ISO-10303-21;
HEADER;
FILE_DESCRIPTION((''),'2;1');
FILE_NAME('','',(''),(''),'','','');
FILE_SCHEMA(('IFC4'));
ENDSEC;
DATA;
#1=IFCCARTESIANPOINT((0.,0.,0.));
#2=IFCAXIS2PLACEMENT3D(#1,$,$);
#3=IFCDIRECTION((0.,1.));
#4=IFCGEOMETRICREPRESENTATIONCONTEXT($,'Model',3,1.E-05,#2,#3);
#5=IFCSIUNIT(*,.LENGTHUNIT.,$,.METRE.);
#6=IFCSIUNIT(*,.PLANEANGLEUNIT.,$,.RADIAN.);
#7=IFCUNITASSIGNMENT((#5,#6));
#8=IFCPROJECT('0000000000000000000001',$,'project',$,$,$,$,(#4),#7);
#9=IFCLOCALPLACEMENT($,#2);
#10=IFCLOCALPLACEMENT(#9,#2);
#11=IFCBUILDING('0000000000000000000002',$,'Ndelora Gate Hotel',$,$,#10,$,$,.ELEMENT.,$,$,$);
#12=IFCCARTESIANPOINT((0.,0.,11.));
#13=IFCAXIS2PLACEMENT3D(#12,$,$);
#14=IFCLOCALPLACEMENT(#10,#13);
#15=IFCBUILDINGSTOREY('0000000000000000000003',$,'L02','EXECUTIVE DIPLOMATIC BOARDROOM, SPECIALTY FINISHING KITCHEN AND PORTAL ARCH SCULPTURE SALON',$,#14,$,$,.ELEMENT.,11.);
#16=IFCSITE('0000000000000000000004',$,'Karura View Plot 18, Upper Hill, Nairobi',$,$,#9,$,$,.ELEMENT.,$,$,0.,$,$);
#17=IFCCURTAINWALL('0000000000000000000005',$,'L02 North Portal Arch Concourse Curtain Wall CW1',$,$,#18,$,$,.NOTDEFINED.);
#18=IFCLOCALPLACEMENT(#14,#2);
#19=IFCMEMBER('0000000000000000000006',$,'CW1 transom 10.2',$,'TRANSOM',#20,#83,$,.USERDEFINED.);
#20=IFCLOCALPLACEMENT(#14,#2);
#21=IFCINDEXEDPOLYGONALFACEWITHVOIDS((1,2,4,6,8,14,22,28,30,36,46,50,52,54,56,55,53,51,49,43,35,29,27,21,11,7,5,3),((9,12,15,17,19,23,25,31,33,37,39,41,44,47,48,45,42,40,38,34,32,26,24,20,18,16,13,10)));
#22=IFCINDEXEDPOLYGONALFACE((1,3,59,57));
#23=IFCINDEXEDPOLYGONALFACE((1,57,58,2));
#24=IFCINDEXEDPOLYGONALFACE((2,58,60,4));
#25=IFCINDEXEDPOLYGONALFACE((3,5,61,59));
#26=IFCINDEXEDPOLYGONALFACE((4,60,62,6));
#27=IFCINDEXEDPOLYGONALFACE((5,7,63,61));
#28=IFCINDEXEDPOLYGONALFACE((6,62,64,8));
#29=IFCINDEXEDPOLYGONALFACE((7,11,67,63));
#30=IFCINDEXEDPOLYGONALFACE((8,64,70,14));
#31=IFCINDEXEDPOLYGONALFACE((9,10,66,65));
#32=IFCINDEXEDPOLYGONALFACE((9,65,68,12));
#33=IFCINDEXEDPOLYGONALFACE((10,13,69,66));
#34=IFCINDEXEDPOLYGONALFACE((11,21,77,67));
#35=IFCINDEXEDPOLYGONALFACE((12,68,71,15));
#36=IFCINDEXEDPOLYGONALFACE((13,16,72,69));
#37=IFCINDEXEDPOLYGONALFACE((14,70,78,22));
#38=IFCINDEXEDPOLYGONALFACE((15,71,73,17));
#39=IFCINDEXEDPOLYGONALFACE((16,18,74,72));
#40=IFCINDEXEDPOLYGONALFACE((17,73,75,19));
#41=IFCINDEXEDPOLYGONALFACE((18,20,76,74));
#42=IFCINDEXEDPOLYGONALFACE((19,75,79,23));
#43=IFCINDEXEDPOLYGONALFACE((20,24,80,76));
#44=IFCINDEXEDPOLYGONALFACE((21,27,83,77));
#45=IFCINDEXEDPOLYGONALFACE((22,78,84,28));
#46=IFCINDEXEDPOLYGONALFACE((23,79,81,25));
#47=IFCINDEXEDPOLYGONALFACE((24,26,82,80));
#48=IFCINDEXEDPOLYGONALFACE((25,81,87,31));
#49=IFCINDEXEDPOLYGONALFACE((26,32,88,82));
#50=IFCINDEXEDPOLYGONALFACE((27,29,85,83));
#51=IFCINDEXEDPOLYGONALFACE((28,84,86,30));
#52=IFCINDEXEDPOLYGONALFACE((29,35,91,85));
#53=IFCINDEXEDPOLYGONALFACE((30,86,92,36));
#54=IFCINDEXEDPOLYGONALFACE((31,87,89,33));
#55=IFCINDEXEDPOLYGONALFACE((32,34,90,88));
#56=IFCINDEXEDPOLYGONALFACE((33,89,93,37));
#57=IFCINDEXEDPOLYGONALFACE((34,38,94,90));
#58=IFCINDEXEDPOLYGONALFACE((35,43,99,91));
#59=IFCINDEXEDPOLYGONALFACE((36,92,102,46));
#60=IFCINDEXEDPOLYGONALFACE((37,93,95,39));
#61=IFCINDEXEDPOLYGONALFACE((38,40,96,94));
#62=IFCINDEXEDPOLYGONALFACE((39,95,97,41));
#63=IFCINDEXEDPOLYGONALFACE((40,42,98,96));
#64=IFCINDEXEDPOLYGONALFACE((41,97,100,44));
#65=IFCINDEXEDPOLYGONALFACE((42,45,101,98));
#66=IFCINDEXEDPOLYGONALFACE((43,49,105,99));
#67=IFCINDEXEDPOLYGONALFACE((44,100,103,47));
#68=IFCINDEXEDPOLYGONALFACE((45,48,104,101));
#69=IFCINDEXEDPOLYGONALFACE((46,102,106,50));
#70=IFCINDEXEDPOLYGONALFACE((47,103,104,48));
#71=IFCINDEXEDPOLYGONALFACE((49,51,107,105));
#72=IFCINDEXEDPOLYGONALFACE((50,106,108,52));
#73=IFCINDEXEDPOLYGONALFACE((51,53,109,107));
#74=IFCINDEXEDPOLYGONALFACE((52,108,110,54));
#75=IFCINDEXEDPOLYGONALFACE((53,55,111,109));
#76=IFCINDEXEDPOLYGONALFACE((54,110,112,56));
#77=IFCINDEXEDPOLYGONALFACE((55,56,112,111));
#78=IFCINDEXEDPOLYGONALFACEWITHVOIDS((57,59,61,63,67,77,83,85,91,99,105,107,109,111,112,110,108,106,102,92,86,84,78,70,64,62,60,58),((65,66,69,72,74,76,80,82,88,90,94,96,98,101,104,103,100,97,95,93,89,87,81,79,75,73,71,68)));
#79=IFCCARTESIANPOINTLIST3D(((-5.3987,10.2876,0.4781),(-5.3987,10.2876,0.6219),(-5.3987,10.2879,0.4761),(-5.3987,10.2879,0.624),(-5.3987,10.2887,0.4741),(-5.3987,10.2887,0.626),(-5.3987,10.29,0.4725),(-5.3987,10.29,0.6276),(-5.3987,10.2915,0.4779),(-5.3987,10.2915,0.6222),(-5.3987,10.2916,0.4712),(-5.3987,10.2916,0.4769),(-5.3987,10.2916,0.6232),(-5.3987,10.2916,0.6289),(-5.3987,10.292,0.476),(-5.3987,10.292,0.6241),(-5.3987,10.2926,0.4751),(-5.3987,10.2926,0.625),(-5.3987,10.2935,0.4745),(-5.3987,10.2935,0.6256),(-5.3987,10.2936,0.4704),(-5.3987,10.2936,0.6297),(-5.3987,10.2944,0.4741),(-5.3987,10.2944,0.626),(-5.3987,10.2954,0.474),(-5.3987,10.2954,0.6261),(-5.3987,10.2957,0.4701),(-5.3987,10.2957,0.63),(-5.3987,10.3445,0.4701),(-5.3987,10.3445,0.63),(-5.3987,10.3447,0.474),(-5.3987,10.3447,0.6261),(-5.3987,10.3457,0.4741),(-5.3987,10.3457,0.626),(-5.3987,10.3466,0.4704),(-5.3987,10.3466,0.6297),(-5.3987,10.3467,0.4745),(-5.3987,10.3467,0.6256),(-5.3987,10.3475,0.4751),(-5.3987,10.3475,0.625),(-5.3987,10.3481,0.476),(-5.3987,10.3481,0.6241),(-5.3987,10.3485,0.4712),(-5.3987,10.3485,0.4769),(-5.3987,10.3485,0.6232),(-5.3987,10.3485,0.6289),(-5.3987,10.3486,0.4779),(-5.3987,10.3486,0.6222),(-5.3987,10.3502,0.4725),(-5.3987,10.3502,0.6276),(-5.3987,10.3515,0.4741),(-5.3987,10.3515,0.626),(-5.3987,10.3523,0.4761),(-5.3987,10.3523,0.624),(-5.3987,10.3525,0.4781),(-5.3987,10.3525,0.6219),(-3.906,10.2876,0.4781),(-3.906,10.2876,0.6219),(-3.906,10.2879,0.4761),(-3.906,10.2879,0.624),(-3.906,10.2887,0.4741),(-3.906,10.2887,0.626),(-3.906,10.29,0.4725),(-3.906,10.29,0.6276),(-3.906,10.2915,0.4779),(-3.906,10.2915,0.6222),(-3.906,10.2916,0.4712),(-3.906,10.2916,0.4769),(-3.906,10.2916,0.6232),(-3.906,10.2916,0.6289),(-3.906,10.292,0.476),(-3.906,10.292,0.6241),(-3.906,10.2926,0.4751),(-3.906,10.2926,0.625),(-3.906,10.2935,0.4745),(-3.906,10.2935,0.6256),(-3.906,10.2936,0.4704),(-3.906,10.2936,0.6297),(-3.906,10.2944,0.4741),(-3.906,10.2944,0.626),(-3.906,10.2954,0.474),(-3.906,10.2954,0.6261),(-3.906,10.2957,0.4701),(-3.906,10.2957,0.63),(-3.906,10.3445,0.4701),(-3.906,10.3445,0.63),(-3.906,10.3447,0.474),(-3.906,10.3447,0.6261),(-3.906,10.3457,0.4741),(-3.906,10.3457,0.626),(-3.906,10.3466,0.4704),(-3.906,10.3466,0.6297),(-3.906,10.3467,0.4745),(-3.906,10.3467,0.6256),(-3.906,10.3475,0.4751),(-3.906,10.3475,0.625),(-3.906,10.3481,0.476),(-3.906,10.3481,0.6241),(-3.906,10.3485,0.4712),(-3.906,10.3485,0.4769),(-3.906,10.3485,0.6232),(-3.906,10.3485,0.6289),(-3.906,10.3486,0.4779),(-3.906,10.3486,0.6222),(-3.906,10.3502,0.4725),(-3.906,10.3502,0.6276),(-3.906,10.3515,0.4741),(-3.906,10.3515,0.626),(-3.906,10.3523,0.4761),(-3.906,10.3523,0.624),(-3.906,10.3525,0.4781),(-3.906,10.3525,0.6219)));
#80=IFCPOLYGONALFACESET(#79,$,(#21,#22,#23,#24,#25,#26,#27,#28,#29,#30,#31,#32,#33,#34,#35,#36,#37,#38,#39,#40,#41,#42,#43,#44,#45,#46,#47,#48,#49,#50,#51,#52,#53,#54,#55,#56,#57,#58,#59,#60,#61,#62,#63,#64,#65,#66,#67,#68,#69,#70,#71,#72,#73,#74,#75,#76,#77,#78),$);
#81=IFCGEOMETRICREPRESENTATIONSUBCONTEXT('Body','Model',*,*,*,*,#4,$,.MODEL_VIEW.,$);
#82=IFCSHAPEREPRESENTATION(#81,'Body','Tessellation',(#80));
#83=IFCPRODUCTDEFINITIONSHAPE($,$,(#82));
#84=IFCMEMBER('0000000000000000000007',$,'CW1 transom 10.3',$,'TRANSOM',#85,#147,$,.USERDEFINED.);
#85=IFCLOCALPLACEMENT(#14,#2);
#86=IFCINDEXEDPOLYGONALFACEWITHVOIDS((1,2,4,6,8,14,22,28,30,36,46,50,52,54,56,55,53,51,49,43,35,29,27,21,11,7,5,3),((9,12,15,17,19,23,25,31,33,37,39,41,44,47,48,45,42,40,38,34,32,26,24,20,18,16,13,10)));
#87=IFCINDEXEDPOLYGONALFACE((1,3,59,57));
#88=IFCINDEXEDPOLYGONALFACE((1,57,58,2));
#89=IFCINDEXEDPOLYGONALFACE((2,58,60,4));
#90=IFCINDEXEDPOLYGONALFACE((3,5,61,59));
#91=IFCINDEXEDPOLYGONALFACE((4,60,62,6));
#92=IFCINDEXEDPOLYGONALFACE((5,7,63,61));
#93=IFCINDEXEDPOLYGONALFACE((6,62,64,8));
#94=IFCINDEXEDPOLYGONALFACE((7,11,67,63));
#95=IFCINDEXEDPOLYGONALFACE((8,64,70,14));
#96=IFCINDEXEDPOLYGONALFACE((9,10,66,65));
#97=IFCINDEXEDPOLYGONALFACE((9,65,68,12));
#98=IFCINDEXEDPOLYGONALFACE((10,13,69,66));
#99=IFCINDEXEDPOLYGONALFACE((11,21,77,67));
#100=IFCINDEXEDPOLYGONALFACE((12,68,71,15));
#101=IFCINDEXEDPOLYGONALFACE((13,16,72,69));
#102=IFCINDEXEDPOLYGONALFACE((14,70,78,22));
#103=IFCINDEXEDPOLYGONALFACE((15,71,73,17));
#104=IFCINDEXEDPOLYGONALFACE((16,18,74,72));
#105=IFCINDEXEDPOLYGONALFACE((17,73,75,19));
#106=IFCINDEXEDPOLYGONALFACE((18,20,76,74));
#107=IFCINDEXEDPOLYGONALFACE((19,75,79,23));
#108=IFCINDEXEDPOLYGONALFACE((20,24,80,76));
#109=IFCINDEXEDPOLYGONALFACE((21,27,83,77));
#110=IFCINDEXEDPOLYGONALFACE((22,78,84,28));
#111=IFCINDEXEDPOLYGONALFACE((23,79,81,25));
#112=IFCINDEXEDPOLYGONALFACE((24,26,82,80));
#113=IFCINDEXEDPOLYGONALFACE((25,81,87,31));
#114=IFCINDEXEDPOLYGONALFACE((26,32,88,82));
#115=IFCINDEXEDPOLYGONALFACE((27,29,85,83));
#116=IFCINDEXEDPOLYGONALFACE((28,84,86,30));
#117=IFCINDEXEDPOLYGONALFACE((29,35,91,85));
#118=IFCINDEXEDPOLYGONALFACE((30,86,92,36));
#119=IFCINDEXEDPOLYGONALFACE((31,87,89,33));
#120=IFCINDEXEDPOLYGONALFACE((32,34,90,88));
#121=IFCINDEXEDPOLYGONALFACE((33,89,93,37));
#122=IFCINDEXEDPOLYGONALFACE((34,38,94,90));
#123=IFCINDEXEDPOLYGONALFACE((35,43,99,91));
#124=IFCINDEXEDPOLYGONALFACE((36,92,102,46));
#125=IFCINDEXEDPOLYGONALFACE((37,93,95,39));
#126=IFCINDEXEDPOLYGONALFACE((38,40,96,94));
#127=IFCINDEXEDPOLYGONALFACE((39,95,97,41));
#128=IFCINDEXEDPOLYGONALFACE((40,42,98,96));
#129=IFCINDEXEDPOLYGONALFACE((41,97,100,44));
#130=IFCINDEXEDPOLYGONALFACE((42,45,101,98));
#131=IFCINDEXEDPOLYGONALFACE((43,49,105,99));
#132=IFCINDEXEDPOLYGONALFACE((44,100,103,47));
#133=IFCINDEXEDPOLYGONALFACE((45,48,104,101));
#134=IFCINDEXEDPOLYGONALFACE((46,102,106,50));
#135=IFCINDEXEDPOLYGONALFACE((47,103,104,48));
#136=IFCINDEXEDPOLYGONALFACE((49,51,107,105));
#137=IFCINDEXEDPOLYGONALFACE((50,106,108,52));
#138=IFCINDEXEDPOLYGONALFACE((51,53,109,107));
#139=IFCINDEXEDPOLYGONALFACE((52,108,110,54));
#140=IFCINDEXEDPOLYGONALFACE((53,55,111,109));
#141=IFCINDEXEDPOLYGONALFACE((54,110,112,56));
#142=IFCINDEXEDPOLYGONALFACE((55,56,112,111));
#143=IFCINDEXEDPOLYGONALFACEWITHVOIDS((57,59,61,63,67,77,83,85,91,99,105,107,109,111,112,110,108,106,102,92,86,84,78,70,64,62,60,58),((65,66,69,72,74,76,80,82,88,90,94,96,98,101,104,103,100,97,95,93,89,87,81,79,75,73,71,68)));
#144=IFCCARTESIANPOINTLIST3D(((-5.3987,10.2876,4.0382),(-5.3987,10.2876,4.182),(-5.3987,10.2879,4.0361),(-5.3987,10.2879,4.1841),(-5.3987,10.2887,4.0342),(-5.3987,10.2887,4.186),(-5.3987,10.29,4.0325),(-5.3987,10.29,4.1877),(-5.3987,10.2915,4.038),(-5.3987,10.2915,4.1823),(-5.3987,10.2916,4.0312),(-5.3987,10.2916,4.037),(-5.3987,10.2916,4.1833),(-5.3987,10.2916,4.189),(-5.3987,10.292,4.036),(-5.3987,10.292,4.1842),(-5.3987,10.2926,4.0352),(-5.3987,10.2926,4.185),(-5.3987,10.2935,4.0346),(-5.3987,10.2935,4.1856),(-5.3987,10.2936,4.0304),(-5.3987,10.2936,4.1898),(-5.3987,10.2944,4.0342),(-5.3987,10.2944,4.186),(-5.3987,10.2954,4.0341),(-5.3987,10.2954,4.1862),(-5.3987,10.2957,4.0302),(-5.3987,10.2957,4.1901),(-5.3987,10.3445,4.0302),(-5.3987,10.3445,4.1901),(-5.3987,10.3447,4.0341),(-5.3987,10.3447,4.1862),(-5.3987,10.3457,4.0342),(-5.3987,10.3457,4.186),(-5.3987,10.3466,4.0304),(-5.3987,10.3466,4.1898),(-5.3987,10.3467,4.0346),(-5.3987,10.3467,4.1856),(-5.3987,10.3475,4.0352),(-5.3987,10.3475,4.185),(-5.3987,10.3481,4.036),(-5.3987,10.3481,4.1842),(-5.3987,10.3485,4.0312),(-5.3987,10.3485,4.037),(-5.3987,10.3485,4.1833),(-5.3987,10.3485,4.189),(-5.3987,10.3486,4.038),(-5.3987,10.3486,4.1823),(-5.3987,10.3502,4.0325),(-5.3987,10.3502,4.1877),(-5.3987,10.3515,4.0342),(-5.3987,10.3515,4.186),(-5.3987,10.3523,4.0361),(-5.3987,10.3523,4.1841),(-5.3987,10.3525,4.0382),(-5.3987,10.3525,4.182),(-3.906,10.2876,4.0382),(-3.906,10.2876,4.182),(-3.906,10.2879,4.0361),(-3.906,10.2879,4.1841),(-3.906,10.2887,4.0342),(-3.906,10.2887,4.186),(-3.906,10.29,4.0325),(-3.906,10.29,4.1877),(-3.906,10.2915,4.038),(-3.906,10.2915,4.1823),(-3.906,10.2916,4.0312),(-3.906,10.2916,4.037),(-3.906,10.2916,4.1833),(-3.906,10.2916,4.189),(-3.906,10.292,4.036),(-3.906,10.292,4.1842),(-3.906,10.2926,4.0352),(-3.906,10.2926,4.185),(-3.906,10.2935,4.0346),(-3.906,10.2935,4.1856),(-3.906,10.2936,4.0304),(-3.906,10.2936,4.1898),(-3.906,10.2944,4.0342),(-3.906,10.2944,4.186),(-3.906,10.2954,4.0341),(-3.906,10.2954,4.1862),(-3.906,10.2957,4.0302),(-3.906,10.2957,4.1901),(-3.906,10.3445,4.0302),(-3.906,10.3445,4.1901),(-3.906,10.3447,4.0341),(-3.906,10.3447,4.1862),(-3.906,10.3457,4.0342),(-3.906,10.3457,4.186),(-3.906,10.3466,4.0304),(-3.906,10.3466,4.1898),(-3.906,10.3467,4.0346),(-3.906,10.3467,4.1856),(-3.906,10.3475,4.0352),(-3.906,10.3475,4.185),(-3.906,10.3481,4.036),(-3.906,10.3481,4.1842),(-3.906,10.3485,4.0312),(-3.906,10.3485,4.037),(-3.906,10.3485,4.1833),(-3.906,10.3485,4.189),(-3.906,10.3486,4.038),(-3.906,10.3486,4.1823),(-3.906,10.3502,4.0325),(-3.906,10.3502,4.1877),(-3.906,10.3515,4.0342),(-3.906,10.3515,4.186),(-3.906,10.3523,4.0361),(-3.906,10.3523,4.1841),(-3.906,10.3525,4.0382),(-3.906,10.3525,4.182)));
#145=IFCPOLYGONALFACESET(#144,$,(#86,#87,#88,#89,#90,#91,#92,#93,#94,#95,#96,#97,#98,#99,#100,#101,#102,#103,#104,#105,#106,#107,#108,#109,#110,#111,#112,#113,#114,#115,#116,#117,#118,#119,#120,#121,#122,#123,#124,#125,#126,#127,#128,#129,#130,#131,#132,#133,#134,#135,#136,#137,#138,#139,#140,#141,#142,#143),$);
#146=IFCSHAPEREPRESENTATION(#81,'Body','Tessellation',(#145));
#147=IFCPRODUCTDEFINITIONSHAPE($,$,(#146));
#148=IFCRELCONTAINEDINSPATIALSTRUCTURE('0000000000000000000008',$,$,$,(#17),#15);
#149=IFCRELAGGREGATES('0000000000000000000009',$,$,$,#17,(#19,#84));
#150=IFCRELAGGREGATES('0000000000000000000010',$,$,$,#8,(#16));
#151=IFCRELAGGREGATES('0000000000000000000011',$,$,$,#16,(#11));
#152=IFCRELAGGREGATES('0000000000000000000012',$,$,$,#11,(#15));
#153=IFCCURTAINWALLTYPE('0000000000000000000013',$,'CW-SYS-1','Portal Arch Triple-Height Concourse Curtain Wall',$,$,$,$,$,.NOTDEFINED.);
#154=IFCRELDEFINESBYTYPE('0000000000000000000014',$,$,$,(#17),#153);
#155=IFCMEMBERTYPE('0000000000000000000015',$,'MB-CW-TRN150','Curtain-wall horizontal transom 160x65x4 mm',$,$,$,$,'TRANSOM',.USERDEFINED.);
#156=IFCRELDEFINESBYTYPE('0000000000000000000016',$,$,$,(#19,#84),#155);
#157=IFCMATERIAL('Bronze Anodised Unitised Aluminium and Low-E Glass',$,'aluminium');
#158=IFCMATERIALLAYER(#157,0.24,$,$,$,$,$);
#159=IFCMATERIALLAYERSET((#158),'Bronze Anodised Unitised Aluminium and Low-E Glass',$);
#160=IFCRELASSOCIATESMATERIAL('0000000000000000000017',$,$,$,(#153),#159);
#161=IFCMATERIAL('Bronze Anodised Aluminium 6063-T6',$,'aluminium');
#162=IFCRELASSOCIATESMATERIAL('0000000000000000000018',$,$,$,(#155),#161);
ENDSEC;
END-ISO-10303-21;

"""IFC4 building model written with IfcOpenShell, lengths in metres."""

from ifc_helpers import new_model, si_unit, direction, frame, origin, origin_2d, place, context, subcontext, project, spatial, hollow_rectangle, extrude, material, layer, layer_set, material_profile, profile_set, type_object, element, aggregate, save


model = new_model("IFC4")

# Units and contexts
model_context = context("Model", 3, precision=1e-05, world=origin(), true_north=direction((0.0, 1.0)))
body_context = subcontext(model_context, "Body", "Model", "MODEL_VIEW")
ifc_project = project(units=[si_unit("LENGTHUNIT", "METRE"), si_unit("PLANEANGLEUNIT", "RADIAN")], contexts=[model_context])

# Site, building, storey
site_placement = place(None, origin())
site = spatial("IfcSite", under=ifc_project, at=site_placement, Name="Karura View Plot 18, Upper Hill, Nairobi", CompositionType="ELEMENT", RefElevation=0.0)
building_placement = place(site_placement, origin())
building = spatial("IfcBuilding", under=site, at=building_placement, Name="Ndelora Gate Hotel", CompositionType="ELEMENT")
storey_placement = place(building_placement, frame((0.0, 0.0, 11.0)))
storey = spatial("IfcBuildingStorey", under=building, at=storey_placement, Name="L02", Description="EXECUTIVE DIPLOMATIC BOARDROOM, SPECIALTY FINISHING KITCHEN AND PORTAL ARCH SCULPTURE SALON", CompositionType="ELEMENT", Elevation=11.0)

# Curtain wall, members
ifc_material_1 = material(Name="Bronze Anodised Unitised Aluminium and Low-E Glass", Category="aluminium")
ifc_layer_1 = layer(ifc_material_1, 0.24)
ifc_layer_set_1 = layer_set([ifc_layer_1], Name="Bronze Anodised Unitised Aluminium and Low-E Glass")
curtain_wall_type = type_object("IfcCurtainWallType", Name="CW-SYS-1", Description="Portal Arch Triple-Height Concourse Curtain Wall", PredefinedType="NOTDEFINED", material=ifc_layer_set_1)
curtain_wall_placement = place(storey_placement, origin())
curtain_wall = element("IfcCurtainWall", 1, at=curtain_wall_placement, inside=storey, type_object=curtain_wall_type, Name="L02 North Portal Arch Concourse Curtain Wall CW1", PredefinedType="NOTDEFINED")
ifc_material_2 = material(Name="Bronze Anodised Aluminium 6063-T6", Category="aluminium")
ifc_material_profile_1 = material_profile(ifc_material_2, hollow_rectangle(XDim=0.0649, YDim=0.1599, WallThickness=0.0039, InnerFilletRadius=0.0039, OuterFilletRadius=0.0081, at=origin_2d()), Name="ALU 160x65x4")
ifc_profile_set_1 = profile_set([ifc_material_profile_1], Name="Bronze Anodised Aluminium 6063-T6")
member_type_1 = type_object("IfcMemberType", Name="MB-CW-TRN150", Description="Curtain-wall horizontal transom 160x65x4 mm", ElementType="TRANSOM", PredefinedType="USERDEFINED", material=ifc_profile_set_1)
member_1_placement = place(storey_placement, frame((-3.906, 10.3201, 0.55), z_axis=(-1.0, 0.0, 0.0), x_axis=(0.0, -1.0, 0.0)))
member_1 = element("IfcMember", 2, at=member_1_placement, type_object=member_type_1, Name="CW1 transom 10.2", ObjectType="TRANSOM", PredefinedType="USERDEFINED", context=body_context, shape_type="SweptSolid", body=[
    extrude(hollow_rectangle(XDim=0.0649, YDim=0.1599, WallThickness=0.0039, InnerFilletRadius=0.0039, OuterFilletRadius=0.0081, at=origin_2d()), origin(), (0.0, 0.0, 1.0), 1.4927),
])
member_2_placement = place(storey_placement, frame((-3.906, 10.3201, 4.1101), z_axis=(-1.0, 0.0, 0.0), x_axis=(0.0, -1.0, 0.0)))
member_2 = element("IfcMember", 3, at=member_2_placement, type_object=member_type_1, Name="CW1 transom 10.3", ObjectType="TRANSOM", PredefinedType="USERDEFINED", context=body_context, shape_type="SweptSolid", body=[
    extrude(hollow_rectangle(XDim=0.0649, YDim=0.1599, WallThickness=0.0039, InnerFilletRadius=0.0039, OuterFilletRadius=0.0081, at=origin_2d()), origin(), (0.0, 0.0, 1.0), 1.4927),
])
aggregate(curtain_wall, [member_1, member_2])

save(model, "model.ifc")
